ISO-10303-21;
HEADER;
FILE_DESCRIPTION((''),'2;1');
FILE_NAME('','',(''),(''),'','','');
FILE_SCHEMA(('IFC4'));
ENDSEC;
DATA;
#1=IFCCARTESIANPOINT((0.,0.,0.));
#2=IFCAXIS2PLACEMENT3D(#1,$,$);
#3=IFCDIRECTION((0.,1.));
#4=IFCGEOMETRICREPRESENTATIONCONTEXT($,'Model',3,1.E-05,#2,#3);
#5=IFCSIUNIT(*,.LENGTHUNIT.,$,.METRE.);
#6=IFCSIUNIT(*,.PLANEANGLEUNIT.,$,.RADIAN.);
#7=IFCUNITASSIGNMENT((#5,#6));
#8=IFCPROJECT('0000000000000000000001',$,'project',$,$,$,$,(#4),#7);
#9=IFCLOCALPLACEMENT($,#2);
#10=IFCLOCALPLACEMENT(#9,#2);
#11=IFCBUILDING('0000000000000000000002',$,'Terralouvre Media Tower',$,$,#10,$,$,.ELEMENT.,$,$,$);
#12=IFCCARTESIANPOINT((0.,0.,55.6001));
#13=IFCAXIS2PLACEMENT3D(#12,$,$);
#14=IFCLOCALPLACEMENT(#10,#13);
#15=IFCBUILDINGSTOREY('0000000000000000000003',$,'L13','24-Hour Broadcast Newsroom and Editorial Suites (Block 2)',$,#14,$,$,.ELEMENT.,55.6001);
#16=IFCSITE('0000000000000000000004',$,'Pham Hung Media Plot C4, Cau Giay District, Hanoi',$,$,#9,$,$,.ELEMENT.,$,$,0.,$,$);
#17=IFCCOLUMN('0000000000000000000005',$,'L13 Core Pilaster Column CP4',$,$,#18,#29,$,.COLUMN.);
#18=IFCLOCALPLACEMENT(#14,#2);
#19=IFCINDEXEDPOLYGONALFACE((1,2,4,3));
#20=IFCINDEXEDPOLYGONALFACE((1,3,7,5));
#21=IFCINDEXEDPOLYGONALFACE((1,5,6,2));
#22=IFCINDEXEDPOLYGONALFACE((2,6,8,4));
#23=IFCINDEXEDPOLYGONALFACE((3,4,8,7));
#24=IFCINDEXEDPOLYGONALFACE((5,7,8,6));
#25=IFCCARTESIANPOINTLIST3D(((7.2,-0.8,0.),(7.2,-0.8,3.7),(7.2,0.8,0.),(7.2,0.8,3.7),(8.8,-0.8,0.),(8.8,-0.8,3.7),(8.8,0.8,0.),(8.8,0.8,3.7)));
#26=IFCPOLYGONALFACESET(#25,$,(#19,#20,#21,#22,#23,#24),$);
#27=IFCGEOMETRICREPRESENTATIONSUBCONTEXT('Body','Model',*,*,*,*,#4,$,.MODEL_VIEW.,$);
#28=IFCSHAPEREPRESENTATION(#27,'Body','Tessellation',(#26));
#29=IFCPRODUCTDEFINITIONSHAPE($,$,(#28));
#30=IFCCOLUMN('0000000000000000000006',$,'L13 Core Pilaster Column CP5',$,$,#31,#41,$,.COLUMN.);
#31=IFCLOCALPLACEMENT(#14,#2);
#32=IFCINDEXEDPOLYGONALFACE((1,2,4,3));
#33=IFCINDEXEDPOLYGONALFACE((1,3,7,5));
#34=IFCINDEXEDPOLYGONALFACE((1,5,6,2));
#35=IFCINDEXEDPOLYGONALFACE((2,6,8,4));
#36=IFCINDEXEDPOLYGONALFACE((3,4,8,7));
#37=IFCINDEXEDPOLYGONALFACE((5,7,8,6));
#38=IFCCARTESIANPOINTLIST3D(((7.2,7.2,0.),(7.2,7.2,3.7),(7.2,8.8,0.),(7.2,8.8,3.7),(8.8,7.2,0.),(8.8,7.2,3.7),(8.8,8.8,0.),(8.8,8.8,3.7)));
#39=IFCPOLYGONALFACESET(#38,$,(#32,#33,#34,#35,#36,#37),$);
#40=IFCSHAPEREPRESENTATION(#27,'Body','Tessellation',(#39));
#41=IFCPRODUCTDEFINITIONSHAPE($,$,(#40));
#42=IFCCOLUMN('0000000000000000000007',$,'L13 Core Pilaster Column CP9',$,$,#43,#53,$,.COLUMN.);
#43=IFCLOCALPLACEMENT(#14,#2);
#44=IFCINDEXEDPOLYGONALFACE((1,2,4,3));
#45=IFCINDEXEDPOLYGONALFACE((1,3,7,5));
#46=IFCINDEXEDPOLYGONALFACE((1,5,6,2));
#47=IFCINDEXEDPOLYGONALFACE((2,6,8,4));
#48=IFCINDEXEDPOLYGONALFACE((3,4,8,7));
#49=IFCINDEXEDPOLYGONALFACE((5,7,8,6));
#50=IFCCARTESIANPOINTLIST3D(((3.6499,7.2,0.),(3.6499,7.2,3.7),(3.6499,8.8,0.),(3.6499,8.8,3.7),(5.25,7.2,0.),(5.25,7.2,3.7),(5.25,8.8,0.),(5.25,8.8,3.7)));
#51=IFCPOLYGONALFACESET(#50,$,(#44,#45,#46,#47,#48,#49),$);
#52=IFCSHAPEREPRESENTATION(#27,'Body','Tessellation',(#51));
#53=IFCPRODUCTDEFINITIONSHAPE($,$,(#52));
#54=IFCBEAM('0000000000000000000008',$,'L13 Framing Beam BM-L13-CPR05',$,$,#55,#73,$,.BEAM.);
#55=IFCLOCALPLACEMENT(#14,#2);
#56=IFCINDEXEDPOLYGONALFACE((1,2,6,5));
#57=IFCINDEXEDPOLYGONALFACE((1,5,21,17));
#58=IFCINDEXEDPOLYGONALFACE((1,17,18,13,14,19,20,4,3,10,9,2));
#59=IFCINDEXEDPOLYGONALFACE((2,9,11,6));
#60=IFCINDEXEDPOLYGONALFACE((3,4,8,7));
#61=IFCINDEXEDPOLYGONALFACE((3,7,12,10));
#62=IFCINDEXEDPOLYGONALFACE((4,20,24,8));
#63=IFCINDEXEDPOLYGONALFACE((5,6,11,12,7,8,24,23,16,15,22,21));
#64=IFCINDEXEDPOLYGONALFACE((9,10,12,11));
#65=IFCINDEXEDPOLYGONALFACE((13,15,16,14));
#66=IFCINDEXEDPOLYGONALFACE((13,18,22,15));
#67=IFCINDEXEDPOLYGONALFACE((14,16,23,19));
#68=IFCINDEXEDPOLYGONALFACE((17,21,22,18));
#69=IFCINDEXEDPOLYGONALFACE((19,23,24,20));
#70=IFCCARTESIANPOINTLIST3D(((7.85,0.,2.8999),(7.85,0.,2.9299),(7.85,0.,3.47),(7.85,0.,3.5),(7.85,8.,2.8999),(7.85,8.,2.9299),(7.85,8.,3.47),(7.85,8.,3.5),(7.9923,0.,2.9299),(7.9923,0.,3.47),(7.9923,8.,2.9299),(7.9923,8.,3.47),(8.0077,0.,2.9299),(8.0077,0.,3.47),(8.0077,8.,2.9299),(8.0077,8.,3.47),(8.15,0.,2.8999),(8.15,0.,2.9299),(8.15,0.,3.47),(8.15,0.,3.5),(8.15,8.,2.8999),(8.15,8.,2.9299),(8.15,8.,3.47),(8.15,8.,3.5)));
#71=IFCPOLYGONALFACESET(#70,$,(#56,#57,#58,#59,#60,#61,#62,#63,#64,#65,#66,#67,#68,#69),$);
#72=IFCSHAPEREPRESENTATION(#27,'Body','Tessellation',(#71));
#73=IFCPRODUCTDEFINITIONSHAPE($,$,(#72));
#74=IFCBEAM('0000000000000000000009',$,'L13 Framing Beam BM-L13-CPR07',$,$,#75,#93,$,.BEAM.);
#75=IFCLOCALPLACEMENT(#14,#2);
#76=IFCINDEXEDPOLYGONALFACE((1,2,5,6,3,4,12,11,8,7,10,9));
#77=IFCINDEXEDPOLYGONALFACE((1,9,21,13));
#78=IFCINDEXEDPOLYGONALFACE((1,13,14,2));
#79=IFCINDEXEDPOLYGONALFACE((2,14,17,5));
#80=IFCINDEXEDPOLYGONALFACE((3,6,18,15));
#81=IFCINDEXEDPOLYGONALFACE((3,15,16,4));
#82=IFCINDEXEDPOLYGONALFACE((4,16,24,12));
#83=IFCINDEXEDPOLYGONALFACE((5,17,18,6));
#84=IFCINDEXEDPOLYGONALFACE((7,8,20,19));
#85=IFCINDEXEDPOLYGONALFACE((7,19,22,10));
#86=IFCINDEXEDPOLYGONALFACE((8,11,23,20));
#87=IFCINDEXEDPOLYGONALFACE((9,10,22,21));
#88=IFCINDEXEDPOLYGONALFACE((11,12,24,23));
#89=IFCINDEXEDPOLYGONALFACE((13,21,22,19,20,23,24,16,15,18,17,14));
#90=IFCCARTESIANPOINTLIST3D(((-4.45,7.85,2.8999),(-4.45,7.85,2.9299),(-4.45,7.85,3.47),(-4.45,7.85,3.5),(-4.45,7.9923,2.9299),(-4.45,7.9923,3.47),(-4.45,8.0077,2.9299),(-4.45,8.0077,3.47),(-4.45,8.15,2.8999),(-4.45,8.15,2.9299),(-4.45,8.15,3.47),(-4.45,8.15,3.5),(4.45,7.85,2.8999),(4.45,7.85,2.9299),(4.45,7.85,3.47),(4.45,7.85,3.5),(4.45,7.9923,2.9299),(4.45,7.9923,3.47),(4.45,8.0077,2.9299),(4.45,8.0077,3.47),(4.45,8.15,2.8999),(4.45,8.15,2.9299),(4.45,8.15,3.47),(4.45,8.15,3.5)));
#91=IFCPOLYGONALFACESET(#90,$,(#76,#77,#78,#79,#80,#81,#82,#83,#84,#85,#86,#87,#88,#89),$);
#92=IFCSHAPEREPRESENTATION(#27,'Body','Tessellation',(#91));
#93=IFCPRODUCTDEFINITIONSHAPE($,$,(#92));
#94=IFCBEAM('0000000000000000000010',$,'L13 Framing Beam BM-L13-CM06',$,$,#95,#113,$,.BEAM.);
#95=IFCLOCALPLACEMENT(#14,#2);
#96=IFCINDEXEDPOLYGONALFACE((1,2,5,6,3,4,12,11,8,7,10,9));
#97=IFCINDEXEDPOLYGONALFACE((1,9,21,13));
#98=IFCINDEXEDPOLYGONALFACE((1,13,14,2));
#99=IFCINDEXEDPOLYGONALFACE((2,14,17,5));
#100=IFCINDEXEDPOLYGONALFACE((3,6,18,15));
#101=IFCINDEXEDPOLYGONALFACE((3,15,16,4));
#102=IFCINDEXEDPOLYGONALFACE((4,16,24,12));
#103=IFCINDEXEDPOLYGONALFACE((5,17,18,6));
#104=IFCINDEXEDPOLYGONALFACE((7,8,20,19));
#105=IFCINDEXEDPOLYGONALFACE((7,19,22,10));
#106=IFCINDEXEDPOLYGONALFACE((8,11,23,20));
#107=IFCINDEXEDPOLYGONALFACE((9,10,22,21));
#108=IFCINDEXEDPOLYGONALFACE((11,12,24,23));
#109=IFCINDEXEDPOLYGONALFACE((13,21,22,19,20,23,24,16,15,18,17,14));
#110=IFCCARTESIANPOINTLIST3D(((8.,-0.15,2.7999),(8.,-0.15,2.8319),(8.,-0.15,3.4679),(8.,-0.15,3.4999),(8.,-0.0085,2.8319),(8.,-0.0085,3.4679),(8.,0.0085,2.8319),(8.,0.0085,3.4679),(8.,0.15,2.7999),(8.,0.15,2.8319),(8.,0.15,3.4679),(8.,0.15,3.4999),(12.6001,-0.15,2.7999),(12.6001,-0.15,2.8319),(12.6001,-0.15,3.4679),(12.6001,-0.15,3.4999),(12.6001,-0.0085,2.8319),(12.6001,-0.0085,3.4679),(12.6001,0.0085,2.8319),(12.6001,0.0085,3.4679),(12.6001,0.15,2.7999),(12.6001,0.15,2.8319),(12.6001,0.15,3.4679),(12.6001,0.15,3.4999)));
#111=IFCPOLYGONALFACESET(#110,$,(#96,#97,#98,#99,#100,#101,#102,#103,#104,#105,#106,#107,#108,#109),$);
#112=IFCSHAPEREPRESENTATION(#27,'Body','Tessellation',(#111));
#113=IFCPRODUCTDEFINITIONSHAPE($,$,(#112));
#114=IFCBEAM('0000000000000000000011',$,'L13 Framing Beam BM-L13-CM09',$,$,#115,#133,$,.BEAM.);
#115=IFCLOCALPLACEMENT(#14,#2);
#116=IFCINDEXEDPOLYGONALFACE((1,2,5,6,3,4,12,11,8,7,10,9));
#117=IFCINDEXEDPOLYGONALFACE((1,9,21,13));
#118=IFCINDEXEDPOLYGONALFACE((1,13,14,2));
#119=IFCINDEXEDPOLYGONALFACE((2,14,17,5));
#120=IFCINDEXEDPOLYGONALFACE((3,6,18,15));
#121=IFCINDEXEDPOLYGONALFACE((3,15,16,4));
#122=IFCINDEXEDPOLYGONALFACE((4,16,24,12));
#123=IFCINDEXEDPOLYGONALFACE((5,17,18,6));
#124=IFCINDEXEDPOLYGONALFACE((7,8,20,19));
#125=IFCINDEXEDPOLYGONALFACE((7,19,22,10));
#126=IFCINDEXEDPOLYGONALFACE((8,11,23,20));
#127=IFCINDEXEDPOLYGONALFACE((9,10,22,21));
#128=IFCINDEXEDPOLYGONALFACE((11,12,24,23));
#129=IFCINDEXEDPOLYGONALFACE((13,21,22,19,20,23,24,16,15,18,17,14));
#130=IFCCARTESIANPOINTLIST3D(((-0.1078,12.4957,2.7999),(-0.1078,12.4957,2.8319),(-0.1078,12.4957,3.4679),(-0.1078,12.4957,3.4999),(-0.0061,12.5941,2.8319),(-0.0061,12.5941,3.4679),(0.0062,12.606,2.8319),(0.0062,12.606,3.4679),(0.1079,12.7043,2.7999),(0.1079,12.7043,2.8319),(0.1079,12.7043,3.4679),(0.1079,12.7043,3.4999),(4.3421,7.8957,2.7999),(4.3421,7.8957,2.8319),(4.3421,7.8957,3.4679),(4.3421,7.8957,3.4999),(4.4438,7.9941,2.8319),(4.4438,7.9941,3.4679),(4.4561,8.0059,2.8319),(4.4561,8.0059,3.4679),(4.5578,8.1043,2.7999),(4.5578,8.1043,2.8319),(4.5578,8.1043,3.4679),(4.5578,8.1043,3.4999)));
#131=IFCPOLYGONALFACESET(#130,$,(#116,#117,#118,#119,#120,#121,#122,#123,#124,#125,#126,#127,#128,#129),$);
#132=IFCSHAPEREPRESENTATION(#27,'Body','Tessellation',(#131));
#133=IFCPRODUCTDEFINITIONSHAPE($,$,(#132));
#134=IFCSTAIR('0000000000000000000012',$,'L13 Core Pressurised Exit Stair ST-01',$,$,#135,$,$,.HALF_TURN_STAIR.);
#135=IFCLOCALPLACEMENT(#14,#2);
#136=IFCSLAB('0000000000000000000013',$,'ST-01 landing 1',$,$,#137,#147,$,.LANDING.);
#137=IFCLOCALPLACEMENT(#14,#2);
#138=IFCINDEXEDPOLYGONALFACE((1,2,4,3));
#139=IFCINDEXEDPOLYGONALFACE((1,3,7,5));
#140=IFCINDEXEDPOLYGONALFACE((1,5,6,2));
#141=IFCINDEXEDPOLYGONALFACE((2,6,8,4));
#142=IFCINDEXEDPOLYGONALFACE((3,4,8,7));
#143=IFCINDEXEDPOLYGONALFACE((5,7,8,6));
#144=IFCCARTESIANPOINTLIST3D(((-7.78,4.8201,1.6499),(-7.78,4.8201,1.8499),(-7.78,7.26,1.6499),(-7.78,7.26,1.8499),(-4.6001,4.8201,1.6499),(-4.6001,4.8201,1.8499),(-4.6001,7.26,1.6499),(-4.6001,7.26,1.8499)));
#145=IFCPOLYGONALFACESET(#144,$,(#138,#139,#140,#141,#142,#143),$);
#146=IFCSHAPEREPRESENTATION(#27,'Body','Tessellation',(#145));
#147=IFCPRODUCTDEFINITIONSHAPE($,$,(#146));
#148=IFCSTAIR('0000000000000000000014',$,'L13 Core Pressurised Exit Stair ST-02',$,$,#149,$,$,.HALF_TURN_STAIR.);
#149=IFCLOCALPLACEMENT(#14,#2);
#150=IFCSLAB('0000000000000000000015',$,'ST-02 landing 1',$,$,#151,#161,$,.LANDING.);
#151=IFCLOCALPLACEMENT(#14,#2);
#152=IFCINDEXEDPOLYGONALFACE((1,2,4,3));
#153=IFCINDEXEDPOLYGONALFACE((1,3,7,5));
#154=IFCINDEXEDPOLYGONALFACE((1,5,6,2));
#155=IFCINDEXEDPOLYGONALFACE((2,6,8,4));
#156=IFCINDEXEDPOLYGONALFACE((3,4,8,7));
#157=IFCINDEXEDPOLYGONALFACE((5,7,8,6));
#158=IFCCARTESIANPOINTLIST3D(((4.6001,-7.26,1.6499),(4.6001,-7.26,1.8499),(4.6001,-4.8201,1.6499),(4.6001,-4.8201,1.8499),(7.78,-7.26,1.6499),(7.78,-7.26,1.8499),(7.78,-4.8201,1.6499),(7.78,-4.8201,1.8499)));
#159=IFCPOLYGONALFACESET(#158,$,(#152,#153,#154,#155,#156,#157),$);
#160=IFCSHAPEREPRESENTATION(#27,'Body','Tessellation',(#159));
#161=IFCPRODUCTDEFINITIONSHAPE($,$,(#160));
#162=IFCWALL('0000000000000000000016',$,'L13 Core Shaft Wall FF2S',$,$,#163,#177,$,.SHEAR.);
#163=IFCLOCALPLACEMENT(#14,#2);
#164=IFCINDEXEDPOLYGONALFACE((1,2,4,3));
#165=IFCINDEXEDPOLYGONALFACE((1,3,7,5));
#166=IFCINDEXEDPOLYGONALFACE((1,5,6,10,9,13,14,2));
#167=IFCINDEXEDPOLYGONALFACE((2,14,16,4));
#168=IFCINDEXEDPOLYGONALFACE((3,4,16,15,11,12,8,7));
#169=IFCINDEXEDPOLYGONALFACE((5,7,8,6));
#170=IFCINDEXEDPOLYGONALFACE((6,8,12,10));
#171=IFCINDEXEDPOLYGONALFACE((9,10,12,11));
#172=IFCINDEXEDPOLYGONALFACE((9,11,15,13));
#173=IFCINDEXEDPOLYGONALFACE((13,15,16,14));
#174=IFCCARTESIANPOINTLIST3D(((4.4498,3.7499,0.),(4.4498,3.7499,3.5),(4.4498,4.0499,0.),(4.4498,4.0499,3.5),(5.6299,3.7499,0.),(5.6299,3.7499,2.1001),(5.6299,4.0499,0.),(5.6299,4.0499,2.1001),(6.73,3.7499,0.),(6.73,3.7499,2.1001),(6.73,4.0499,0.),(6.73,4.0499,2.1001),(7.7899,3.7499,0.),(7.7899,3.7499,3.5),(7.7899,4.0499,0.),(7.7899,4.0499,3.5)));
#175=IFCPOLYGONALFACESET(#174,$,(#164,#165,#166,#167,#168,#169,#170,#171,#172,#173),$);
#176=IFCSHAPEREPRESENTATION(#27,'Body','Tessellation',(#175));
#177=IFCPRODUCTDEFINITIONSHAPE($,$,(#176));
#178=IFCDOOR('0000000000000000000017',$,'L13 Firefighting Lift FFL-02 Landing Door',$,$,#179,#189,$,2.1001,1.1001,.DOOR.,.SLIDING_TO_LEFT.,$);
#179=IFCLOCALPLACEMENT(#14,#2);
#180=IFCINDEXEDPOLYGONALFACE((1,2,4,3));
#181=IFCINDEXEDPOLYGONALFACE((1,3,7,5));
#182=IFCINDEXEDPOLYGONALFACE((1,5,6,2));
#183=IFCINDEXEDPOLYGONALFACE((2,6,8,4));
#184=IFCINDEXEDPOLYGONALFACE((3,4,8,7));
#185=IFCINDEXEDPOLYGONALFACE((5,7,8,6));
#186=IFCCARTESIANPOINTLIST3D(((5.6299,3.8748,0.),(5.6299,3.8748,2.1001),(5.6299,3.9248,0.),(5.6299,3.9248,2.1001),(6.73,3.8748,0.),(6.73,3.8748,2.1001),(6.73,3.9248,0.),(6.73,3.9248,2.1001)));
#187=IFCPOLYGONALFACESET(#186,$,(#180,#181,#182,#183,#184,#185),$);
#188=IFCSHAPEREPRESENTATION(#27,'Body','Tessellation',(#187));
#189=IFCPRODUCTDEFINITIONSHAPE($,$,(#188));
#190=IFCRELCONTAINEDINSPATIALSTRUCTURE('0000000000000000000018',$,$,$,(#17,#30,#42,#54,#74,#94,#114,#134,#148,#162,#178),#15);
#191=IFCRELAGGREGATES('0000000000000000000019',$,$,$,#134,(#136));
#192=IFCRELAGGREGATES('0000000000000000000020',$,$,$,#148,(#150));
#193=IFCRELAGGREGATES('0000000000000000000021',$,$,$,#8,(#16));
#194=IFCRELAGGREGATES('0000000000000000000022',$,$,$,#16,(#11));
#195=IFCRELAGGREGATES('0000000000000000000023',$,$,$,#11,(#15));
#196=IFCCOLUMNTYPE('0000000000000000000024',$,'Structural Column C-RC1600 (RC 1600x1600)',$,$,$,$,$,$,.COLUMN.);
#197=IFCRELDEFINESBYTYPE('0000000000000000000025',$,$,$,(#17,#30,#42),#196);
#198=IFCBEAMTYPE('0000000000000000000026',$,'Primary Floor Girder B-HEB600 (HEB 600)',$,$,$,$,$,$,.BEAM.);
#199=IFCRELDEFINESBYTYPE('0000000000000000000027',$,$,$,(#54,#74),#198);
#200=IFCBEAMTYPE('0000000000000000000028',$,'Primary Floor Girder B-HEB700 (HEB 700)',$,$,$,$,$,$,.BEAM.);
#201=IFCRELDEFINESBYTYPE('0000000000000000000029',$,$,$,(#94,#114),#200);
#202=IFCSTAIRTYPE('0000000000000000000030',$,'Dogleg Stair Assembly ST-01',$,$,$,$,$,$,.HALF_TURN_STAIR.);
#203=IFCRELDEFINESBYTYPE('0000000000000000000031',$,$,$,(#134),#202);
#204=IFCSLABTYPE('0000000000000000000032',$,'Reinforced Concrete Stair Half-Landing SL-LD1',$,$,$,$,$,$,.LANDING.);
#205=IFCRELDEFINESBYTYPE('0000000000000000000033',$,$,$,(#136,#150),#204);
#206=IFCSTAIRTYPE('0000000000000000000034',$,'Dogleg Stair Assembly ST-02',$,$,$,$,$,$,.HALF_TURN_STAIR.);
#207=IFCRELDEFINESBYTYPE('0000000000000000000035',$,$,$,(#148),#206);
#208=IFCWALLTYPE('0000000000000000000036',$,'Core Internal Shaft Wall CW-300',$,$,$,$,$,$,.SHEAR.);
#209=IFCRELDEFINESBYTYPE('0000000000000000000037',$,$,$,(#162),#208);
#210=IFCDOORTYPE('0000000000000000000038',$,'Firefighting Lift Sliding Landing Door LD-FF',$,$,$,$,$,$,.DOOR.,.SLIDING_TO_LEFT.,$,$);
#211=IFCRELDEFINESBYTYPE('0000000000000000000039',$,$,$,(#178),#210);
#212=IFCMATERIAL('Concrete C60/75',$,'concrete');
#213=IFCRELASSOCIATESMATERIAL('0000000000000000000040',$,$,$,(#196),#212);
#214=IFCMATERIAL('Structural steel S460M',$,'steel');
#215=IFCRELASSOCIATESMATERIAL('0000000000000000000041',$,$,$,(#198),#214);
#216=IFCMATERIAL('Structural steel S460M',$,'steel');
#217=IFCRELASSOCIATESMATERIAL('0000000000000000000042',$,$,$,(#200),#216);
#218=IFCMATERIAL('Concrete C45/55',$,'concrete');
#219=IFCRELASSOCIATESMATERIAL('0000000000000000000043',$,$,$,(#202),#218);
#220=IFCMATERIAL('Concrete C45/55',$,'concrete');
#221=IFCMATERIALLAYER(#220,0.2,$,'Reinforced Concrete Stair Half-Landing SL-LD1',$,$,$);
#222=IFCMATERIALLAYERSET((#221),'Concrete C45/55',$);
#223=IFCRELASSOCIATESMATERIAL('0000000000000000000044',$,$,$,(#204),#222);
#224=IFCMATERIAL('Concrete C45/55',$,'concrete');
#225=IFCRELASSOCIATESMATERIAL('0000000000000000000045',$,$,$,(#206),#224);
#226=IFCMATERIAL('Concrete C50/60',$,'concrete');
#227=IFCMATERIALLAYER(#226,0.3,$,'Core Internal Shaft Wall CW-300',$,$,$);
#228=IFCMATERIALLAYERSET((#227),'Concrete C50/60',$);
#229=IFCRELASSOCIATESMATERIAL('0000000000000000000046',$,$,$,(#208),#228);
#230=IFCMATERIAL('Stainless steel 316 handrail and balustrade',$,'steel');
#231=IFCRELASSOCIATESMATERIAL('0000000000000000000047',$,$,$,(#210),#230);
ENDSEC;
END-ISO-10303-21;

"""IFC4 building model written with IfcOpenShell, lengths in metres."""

from ifc_helpers import new_model, si_unit, direction, frame, frame_2d, origin, origin_2d, place, context, subcontext, project, spatial, polyline, rectangle, i_section, outline, extrude, material, layer, layer_set, material_profile, profile_set, type_object, element, fill, aggregate, save


model = new_model("IFC4")

# Units and contexts
model_context = context("Model", 3, precision=1e-05, world=origin(), true_north=direction((0.0, 1.0)))
body_context = subcontext(model_context, "Body", "Model", "MODEL_VIEW")
ifc_project = project(units=[si_unit("LENGTHUNIT", "METRE"), si_unit("PLANEANGLEUNIT", "RADIAN")], contexts=[model_context])

# Site, building, storey
site_placement = place(None, origin())
site = spatial("IfcSite", under=ifc_project, at=site_placement, Name="Pham Hung Media Plot C4, Cau Giay District, Hanoi", CompositionType="ELEMENT", RefElevation=0.0)
building_placement = place(site_placement, origin())
building = spatial("IfcBuilding", under=site, at=building_placement, Name="Terralouvre Media Tower", CompositionType="ELEMENT")
storey_placement = place(building_placement, frame((0.0, 0.0, 55.6001)))
storey = spatial("IfcBuildingStorey", under=building, at=storey_placement, Name="L13", Description="24-Hour Broadcast Newsroom and Editorial Suites (Block 2)", CompositionType="ELEMENT", Elevation=55.6001)

# Columns
ifc_material_1 = material(Name="Concrete C60/75", Category="concrete")
ifc_material_profile_1 = material_profile(ifc_material_1, rectangle(XDim=1.6001, YDim=1.6001, at=origin_2d()), Name="RC 1600x1600")
ifc_profile_set_1 = profile_set([ifc_material_profile_1], Name="Concrete C60/75")
column_type = type_object("IfcColumnType", Name="Structural Column C-RC1600 (RC 1600x1600)", PredefinedType="COLUMN", material=ifc_profile_set_1)
for number, where, z_axis, x_axis, name in (
    (1, (8.0, 0.0, 0.0), (0.0, 0.0, 1.0), (1.0, 0.0, 0.0), "L13 Core Pilaster Column CP4"),
    (2, (8.0, 8.0, 0.0), (0.0, 0.0, 1.0), (1.0, 0.0, 0.0), "L13 Core Pilaster Column CP5"),
    (3, (4.45, 8.0, 0.0), (0.0, 0.0, 1.0), (1.0, 0.0, 0.0), "L13 Core Pilaster Column CP9"),
):
    element("IfcColumn", number, at=place(storey_placement, frame(where, z_axis=z_axis, x_axis=x_axis)), inside=storey, type_object=column_type, Name=name, PredefinedType="COLUMN", context=body_context, shape_type="SweptSolid", body=[
        extrude(rectangle(XDim=1.6001, YDim=1.6001, at=origin_2d()), origin(), (0.0, 0.0, 1.0), 3.7),
    ])

# Beams
ifc_material_2 = material(Name="Structural steel S460M", Category="steel")
ifc_material_profile_2 = material_profile(ifc_material_2, i_section(OverallWidth=0.3, OverallDepth=0.6001, WebThickness=0.0154, FlangeThickness=0.03, at=origin_2d()), Name="HEB 600")
ifc_profile_set_2 = profile_set([ifc_material_profile_2], Name="Structural steel S460M")
beam_type_1 = type_object("IfcBeamType", Name="Primary Floor Girder B-HEB600 (HEB 600)", PredefinedType="BEAM", material=ifc_profile_set_2)
beam_1_placement = place(storey_placement, frame((8.0, 0.0, 3.2), z_axis=(0.0, 1.0, 0.0), x_axis=(-1.0, 0.0, 0.0)))
element("IfcBeam", 4, at=beam_1_placement, inside=storey, type_object=beam_type_1, Name="L13 Framing Beam BM-L13-CPR05", PredefinedType="BEAM", context=body_context, shape_type="SweptSolid", body=[
    extrude(i_section(OverallWidth=0.3, OverallDepth=0.6001, WebThickness=0.0154, FlangeThickness=0.03, at=origin_2d()), origin(), (0.0, 0.0, 1.0), 8.0),
])
beam_2_placement = place(storey_placement, frame((4.45, 8.0, 3.2), z_axis=(-1.0, 0.0, 0.0), x_axis=(0.0, -1.0, 0.0)))
element("IfcBeam", 5, at=beam_2_placement, inside=storey, type_object=beam_type_1, Name="L13 Framing Beam BM-L13-CPR07", PredefinedType="BEAM", context=body_context, shape_type="SweptSolid", body=[
    extrude(i_section(OverallWidth=0.3, OverallDepth=0.6001, WebThickness=0.0154, FlangeThickness=0.03, at=origin_2d()), origin(), (0.0, 0.0, 1.0), 8.8999),
])
ifc_material_3 = material(Name="Structural steel S460M", Category="steel")
ifc_material_profile_3 = material_profile(ifc_material_3, i_section(OverallWidth=0.3, OverallDepth=0.7, WebThickness=0.0171, FlangeThickness=0.032, at=origin_2d()), Name="HEB 700")
ifc_profile_set_3 = profile_set([ifc_material_profile_3], Name="Structural steel S460M")
beam_type_2 = type_object("IfcBeamType", Name="Primary Floor Girder B-HEB700 (HEB 700)", PredefinedType="BEAM", material=ifc_profile_set_3)
beam_3_placement = place(storey_placement, frame((8.0, 0.0, 3.1499), z_axis=(1.0, 0.0, 0.0), x_axis=(0.0, 1.0, 0.0)))
element("IfcBeam", 6, at=beam_3_placement, inside=storey, type_object=beam_type_2, Name="L13 Framing Beam BM-L13-CM06", PredefinedType="BEAM", context=body_context, shape_type="SweptSolid", body=[
    extrude(i_section(OverallWidth=0.3, OverallDepth=0.7, WebThickness=0.0171, FlangeThickness=0.032, at=origin_2d()), origin(), (0.0, 0.0, 1.0), 4.6001),
])
beam_4_placement = place(storey_placement, frame((4.45, 8.0, 3.1499), z_axis=(-0.69528, 0.718739, 0.0), x_axis=(-0.718739, -0.69528, 0.0)))
element("IfcBeam", 7, at=beam_4_placement, inside=storey, type_object=beam_type_2, Name="L13 Framing Beam BM-L13-CM09", PredefinedType="BEAM", context=body_context, shape_type="SweptSolid", body=[
    extrude(i_section(OverallWidth=0.3, OverallDepth=0.7, WebThickness=0.0171, FlangeThickness=0.032, at=origin_2d()), origin(), (0.0, 0.0, 1.0), 6.4001),
])

# Stairs, slabs
ifc_material_4 = material(Name="Concrete C45/55", Category="concrete")
stair_type_1 = type_object("IfcStairType", Name="Dogleg Stair Assembly ST-01", PredefinedType="HALF_TURN_STAIR", material=ifc_material_4)
stair_1_placement = place(storey_placement, origin())
stair_1 = element("IfcStair", 8, at=stair_1_placement, inside=storey, type_object=stair_type_1, Name="L13 Core Pressurised Exit Stair ST-01", PredefinedType="HALF_TURN_STAIR")
ifc_material_5 = material(Name="Concrete C45/55", Category="concrete")
ifc_layer_1 = layer(ifc_material_5, 0.2, Name="Reinforced Concrete Stair Half-Landing SL-LD1")
ifc_layer_set_1 = layer_set([ifc_layer_1], Name="Concrete C45/55")
slab_type = type_object("IfcSlabType", Name="Reinforced Concrete Stair Half-Landing SL-LD1", PredefinedType="LANDING", material=ifc_layer_set_1)
slab_1_placement = place(storey_placement, frame((0.0, 0.0, 1.6499)))
slab_1 = element("IfcSlab", 9, at=slab_1_placement, type_object=slab_type, Name="ST-01 landing 1", PredefinedType="LANDING", context=body_context, shape_type="SweptSolid", body=[
    extrude(outline(polyline([(-4.6001, 4.8201), (-4.6001, 7.26), (-7.78, 7.26), (-7.78, 4.8201), (-4.6001, 4.8201)])), origin(), (0.0, 0.0, 1.0), 0.2),
])
aggregate(stair_1, [slab_1])
ifc_material_6 = material(Name="Concrete C45/55", Category="concrete")
stair_type_2 = type_object("IfcStairType", Name="Dogleg Stair Assembly ST-02", PredefinedType="HALF_TURN_STAIR", material=ifc_material_6)
stair_2_placement = place(storey_placement, origin())
stair_2 = element("IfcStair", 10, at=stair_2_placement, inside=storey, type_object=stair_type_2, Name="L13 Core Pressurised Exit Stair ST-02", PredefinedType="HALF_TURN_STAIR")
slab_2_placement = place(storey_placement, frame((0.0, 0.0, 1.6499)))
slab_2 = element("IfcSlab", 11, at=slab_2_placement, type_object=slab_type, Name="ST-02 landing 1", PredefinedType="LANDING", context=body_context, shape_type="SweptSolid", body=[
    extrude(outline(polyline([(4.6001, -4.8201), (4.6001, -7.26), (7.78, -7.26), (7.78, -4.8201), (4.6001, -4.8201)])), origin(), (0.0, 0.0, 1.0), 0.2),
])
aggregate(stair_2, [slab_2])

# Wall, opening, door
ifc_material_7 = material(Name="Concrete C50/60", Category="concrete")
ifc_layer_2 = layer(ifc_material_7, 0.3, Name="Core Internal Shaft Wall CW-300")
ifc_layer_set_2 = layer_set([ifc_layer_2], Name="Concrete C50/60")
wall_type = type_object("IfcWallType", Name="Core Internal Shaft Wall CW-300", PredefinedType="SHEAR", material=ifc_layer_set_2)
wall_1_placement = place(storey_placement, frame((4.45, 3.8999, 0.0), z_axis=(0.0, 0.0, 1.0), x_axis=(1.0, 0.0, 0.0)))
wall_1 = element("IfcWall", 12, at=wall_1_placement, inside=storey, type_object=wall_type, Name="L13 Core Shaft Wall FF2S", PredefinedType="SHEAR", context=body_context, shape_type="SweptSolid", body=[
    extrude(rectangle(XDim=3.3401, YDim=0.3, at=frame_2d((1.6699, 0.0))), origin(), (0.0, 0.0, 1.0), 3.5),
])
opening_1_placement = place(wall_1_placement, frame((1.1799, 0.0, 0.0)))
opening_1 = element("IfcOpeningElement", 13, at=opening_1_placement, cuts=wall_1, PredefinedType="OPENING", context=body_context, shape_type="SweptSolid", body=[
    extrude(rectangle(XDim=1.1001, YDim=2.1001, at=frame_2d((0.55, 1.05))), frame((0.0, 0.1599, 0.0), z_axis=(0.0, -1.0, 0.0), x_axis=(1.0, 0.0, 0.0)), (0.0, 0.0, 1.0), 0.3201),
])
ifc_material_8 = material(Name="Stainless steel 316 handrail and balustrade", Category="steel")
door_type_1 = type_object("IfcDoorType", Name="Firefighting Lift Sliding Landing Door LD-FF", OperationType="SLIDING_TO_LEFT", PredefinedType="DOOR", material=ifc_material_8)
door_1_placement = place(opening_1_placement, origin())
door_1 = element("IfcDoor", 14, at=door_1_placement, inside=storey, type_object=door_type_1, Name="L13 Firefighting Lift FFL-02 Landing Door", OperationType="SLIDING_TO_LEFT", OverallHeight=2.1001, OverallWidth=1.1001, PredefinedType="DOOR", context=body_context, shape_type="SweptSolid", body=[
    extrude(rectangle(XDim=1.1001, YDim=2.1001, at=frame_2d((0.55, 1.05))), frame((0.0, 0.0249, 0.0), z_axis=(0.0, -1.0, 0.0), x_axis=(1.0, 0.0, 0.0)), (0.0, 0.0, 1.0), 0.05),
])
fill(opening_1, door_1)

save(model, "model.ifc")
